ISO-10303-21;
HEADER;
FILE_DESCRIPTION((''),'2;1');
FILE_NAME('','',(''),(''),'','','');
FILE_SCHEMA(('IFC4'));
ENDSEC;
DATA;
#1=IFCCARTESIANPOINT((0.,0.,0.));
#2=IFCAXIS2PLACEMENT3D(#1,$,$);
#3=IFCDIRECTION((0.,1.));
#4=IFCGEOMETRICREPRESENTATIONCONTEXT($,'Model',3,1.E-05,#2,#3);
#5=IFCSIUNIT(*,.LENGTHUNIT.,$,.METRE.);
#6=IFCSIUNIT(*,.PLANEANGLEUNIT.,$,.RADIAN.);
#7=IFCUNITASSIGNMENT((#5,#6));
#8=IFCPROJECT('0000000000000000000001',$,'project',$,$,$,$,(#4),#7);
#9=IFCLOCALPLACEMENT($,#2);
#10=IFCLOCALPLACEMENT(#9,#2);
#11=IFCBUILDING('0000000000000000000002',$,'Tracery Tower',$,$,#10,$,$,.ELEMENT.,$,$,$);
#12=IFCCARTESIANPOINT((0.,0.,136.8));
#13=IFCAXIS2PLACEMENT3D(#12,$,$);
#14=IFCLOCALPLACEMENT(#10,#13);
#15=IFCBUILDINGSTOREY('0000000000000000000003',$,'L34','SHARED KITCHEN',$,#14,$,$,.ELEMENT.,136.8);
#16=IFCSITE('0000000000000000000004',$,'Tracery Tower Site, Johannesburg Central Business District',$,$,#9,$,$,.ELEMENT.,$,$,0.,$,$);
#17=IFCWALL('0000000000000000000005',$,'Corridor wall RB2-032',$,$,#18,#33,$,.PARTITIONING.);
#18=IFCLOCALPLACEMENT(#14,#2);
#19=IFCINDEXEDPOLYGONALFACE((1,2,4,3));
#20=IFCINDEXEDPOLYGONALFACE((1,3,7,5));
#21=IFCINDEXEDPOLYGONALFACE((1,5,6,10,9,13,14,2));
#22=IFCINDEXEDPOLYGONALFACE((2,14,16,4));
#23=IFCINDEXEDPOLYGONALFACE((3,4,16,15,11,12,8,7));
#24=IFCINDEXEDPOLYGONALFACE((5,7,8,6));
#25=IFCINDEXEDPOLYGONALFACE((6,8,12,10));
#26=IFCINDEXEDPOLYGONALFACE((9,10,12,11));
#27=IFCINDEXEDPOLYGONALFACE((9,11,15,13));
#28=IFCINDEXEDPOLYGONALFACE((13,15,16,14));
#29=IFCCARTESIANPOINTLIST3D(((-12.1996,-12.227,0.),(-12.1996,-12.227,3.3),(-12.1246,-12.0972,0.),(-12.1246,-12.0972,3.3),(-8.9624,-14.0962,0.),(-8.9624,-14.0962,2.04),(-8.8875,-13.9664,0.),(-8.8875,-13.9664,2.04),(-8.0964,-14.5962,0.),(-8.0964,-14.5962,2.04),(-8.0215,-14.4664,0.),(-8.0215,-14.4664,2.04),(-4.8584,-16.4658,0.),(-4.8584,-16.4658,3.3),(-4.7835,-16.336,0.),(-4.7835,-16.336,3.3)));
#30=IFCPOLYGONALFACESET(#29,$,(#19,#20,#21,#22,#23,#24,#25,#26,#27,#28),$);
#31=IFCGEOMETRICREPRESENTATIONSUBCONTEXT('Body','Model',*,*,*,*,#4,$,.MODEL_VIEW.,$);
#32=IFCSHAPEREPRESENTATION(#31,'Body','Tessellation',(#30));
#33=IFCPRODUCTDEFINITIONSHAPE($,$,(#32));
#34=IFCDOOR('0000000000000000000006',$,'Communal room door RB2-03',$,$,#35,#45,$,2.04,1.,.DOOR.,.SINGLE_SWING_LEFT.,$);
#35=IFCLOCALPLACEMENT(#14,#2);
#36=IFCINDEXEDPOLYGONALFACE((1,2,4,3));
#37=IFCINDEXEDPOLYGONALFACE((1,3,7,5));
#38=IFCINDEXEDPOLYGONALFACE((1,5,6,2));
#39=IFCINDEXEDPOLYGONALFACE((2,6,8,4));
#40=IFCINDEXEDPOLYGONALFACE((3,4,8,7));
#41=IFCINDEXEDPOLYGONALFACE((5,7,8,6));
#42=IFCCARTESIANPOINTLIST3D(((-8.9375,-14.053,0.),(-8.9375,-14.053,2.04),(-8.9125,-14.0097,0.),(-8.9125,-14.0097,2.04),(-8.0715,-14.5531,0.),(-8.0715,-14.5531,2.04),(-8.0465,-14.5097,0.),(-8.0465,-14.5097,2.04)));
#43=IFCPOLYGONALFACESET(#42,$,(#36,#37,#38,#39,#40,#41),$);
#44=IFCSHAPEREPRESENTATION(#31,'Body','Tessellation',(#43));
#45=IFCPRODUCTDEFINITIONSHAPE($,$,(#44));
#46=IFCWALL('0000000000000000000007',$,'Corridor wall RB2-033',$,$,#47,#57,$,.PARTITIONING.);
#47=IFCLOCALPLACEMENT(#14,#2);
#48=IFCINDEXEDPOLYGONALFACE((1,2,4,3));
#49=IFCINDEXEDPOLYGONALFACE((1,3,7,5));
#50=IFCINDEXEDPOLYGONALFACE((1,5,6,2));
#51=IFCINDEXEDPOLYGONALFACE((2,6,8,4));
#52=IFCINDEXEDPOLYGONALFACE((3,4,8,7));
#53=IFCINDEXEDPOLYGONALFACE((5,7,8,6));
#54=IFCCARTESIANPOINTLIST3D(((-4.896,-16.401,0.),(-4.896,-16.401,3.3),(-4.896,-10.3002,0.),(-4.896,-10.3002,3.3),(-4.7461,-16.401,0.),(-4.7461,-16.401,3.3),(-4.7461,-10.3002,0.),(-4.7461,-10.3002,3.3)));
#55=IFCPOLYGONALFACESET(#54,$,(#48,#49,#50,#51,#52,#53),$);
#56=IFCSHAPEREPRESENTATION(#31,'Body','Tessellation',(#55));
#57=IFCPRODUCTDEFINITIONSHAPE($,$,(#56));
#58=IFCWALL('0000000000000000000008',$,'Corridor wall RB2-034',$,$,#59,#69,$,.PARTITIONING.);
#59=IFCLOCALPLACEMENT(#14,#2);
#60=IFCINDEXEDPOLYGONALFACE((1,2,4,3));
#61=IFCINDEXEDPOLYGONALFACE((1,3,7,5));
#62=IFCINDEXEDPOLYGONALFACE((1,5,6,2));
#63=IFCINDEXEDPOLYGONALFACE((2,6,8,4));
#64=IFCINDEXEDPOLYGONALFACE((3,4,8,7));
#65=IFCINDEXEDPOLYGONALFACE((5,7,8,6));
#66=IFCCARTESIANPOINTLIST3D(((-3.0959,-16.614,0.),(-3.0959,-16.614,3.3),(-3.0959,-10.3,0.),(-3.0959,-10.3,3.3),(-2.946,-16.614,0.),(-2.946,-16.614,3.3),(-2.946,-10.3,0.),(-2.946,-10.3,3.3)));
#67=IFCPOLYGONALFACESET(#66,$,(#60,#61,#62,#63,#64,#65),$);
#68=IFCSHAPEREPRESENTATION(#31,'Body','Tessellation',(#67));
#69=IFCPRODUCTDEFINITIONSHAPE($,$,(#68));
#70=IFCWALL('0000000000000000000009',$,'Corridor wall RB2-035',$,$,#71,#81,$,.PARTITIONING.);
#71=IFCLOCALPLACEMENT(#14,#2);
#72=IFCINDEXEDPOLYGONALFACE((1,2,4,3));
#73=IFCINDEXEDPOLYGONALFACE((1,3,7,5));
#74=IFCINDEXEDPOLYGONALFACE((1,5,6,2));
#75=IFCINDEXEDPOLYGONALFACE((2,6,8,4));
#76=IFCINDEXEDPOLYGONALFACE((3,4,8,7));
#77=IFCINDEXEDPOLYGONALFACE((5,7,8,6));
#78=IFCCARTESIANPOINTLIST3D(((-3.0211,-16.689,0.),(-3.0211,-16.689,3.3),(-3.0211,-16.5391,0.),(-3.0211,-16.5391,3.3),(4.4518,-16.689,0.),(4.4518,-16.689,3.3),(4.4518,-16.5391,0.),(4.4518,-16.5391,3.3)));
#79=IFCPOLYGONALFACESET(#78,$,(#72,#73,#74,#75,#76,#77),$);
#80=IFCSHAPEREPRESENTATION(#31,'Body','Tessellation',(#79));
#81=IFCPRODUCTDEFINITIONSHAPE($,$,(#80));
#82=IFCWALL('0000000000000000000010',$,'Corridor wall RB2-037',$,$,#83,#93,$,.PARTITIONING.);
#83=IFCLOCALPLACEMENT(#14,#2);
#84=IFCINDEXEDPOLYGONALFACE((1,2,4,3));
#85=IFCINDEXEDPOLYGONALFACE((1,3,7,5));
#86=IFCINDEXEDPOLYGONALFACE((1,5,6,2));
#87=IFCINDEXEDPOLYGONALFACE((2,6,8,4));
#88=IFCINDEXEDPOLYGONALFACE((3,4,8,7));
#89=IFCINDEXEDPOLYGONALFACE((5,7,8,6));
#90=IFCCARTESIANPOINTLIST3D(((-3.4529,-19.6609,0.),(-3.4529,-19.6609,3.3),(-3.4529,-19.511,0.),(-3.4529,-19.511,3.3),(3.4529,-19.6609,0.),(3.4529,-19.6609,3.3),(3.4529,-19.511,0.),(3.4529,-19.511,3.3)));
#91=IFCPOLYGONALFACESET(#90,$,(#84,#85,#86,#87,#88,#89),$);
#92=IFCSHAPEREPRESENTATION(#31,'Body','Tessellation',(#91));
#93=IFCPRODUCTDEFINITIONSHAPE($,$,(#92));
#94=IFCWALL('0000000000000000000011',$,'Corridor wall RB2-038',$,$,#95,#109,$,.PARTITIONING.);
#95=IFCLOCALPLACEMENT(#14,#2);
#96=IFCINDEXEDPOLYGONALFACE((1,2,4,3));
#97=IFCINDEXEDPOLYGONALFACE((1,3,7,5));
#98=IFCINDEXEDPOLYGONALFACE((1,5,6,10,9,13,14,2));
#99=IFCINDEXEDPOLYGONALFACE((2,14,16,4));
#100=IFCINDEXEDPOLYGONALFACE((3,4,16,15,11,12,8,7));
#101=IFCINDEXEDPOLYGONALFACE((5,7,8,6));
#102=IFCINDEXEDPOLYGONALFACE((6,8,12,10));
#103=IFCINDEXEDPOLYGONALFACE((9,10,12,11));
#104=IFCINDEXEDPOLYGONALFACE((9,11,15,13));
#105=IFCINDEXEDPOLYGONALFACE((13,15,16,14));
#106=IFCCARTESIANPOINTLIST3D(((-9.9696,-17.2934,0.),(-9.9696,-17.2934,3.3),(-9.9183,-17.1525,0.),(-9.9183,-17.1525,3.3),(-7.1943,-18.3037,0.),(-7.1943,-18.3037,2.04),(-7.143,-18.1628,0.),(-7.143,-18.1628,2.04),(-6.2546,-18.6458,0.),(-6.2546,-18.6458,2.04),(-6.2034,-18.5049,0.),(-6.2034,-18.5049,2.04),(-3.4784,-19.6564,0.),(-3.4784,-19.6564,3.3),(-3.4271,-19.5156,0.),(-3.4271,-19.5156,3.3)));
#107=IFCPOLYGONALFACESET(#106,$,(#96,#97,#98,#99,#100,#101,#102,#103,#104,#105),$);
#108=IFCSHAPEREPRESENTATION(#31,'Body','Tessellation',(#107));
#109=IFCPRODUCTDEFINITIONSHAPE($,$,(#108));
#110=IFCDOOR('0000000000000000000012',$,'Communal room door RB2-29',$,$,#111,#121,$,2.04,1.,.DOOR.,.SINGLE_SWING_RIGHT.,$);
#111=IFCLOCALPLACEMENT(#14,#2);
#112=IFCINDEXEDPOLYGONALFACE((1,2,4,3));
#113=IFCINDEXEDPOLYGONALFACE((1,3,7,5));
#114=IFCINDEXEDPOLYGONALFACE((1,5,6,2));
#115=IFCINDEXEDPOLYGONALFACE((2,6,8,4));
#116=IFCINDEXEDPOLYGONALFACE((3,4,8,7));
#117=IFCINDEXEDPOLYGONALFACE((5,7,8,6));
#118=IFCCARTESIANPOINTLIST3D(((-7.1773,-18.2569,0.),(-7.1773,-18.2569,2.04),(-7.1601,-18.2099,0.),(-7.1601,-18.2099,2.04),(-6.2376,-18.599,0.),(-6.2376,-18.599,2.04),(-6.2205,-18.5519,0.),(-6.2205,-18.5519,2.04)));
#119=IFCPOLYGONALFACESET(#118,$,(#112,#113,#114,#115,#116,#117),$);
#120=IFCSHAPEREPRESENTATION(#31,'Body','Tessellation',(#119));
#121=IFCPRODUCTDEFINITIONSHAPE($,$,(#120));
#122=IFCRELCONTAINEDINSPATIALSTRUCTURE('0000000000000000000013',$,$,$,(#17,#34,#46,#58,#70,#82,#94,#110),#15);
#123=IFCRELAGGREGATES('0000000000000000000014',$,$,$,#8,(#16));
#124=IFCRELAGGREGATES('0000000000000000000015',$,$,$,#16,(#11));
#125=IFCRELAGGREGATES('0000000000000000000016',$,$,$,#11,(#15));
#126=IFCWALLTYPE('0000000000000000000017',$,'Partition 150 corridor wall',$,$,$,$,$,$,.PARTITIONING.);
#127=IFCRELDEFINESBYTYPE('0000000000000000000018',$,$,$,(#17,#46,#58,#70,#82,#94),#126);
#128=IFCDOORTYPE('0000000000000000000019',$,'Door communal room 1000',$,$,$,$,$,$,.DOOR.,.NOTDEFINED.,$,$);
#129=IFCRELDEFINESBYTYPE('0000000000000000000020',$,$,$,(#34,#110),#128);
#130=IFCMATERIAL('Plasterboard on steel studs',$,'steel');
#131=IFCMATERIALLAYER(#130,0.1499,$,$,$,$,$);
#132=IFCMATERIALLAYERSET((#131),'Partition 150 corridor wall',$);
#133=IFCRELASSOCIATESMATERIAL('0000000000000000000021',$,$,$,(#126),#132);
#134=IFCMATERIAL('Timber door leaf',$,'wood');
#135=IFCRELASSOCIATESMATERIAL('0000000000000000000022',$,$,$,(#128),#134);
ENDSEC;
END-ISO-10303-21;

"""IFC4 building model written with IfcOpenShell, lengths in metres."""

from ifc_helpers import new_model, si_unit, direction, frame, frame_2d, origin, place, context, subcontext, project, spatial, rectangle, extrude, material, layer, layer_set, type_object, element, fill, save


model = new_model("IFC4")

# Units and contexts
model_context = context("Model", 3, precision=1e-05, world=origin(), true_north=direction((0.0, 1.0)))
body_context = subcontext(model_context, "Body", "Model", "MODEL_VIEW")
ifc_project = project(units=[si_unit("LENGTHUNIT", "METRE"), si_unit("PLANEANGLEUNIT", "RADIAN")], contexts=[model_context])

# Site, building, storey
site_placement = place(None, origin())
site = spatial("IfcSite", under=ifc_project, at=site_placement, Name="Tracery Tower Site, Johannesburg Central Business District", CompositionType="ELEMENT", RefElevation=0.0)
building_placement = place(site_placement, origin())
building = spatial("IfcBuilding", under=site, at=building_placement, Name="Tracery Tower", CompositionType="ELEMENT")
storey_placement = place(building_placement, frame((0.0, 0.0, 136.8)))
storey = spatial("IfcBuildingStorey", under=building, at=storey_placement, Name="L34", Description="SHARED KITCHEN", CompositionType="ELEMENT", Elevation=136.8)

# Shared definitions
ifc_material_1 = material(Name="Plasterboard on steel studs", Category="steel")
ifc_layer_1 = layer(ifc_material_1, 0.1499)
ifc_layer_set_1 = layer_set([ifc_layer_1], Name="Partition 150 corridor wall")
wall_type_1 = type_object("IfcWallType", Name="Partition 150 corridor wall", PredefinedType="PARTITIONING", material=ifc_layer_set_1)

# Wall, opening, door
wall_1_placement = place(storey_placement, frame((-12.1621, -12.1621, 0.0), z_axis=(0.0, 0.0, 1.0), x_axis=(0.866005, -0.500036, 0.0)))
wall_1 = element("IfcWall", 1, at=wall_1_placement, inside=storey, type_object=wall_type_1, Name="Corridor wall RB2-032", PredefinedType="PARTITIONING", context=body_context, shape_type="SweptSolid", body=[
    extrude(rectangle(XDim=8.4771, YDim=0.1499, at=frame_2d((4.2385, 0.0))), origin(), (0.0, 0.0, 1.0), 3.3),
])
opening_1_placement = place(wall_1_placement, frame((3.738, 0.0, 0.0)))
opening_1 = element("IfcOpeningElement", 2, at=opening_1_placement, cuts=wall_1, PredefinedType="OPENING", context=body_context, shape_type="SweptSolid", body=[
    extrude(rectangle(XDim=1.0, YDim=2.04, at=frame_2d((0.5, 1.02))), frame((0.0, 0.075, 0.0), z_axis=(0.0, -1.0, 0.0), x_axis=(1.0, 0.0, 0.0)), (0.0, 0.0, 1.0), 0.1499),
])
ifc_material_2 = material(Name="Timber door leaf", Category="wood")
door_type_1 = type_object("IfcDoorType", Name="Door communal room 1000", OperationType="NOTDEFINED", PredefinedType="DOOR", material=ifc_material_2)
door_1_placement = place(opening_1_placement, origin())
door_1 = element("IfcDoor", 3, at=door_1_placement, inside=storey, type_object=door_type_1, Name="Communal room door RB2-03", OperationType="SINGLE_SWING_LEFT", OverallHeight=2.04, OverallWidth=1.0, PredefinedType="DOOR", context=body_context, shape_type="SweptSolid", body=[
    extrude(rectangle(XDim=1.0, YDim=2.04, at=frame_2d((0.5, 1.02))), frame((0.0, 0.0249, 0.0), z_axis=(0.0, -1.0, 0.0), x_axis=(1.0, 0.0, 0.0)), (0.0, 0.0, 1.0), 0.05),
])
fill(opening_1, door_1)

# Walls
wall_2_placement = place(storey_placement, frame((-4.821, -16.4009, 0.0), z_axis=(0.0, 0.0, 1.0), x_axis=(0.0, 1.0, 0.0)))
element("IfcWall", 4, at=wall_2_placement, inside=storey, type_object=wall_type_1, Name="Corridor wall RB2-033", PredefinedType="PARTITIONING", context=body_context, shape_type="SweptSolid", body=[
    extrude(rectangle(XDim=6.1008, YDim=0.1499, at=frame_2d((3.0503, 0.0))), origin(), (0.0, 0.0, 1.0), 3.3),
])
wall_3_placement = place(storey_placement, frame((-3.021, -16.614, 0.0), z_axis=(0.0, 0.0, 1.0), x_axis=(0.0, 1.0, 0.0)))
element("IfcWall", 5, at=wall_3_placement, inside=storey, type_object=wall_type_1, Name="Corridor wall RB2-034", PredefinedType="PARTITIONING", context=body_context, shape_type="SweptSolid", body=[
    extrude(rectangle(XDim=6.314, YDim=0.1499, at=frame_2d((3.157, 0.0))), origin(), (0.0, 0.0, 1.0), 3.3),
])
wall_4_placement = place(storey_placement, frame((-3.021, -16.614, 0.0), z_axis=(0.0, 0.0, 1.0), x_axis=(1.0, 0.0, 0.0)))
element("IfcWall", 6, at=wall_4_placement, inside=storey, type_object=wall_type_1, Name="Corridor wall RB2-035", PredefinedType="PARTITIONING", context=body_context, shape_type="SweptSolid", body=[
    extrude(rectangle(XDim=7.4729, YDim=0.1499, at=frame_2d((3.7363, 0.0))), origin(), (0.0, 0.0, 1.0), 3.3),
])
wall_5_placement = place(storey_placement, frame((-3.4529, -19.5859, 0.0), z_axis=(0.0, 0.0, 1.0), x_axis=(1.0, 0.0, 0.0)))
element("IfcWall", 7, at=wall_5_placement, inside=storey, type_object=wall_type_1, Name="Corridor wall RB2-037", PredefinedType="PARTITIONING", context=body_context, shape_type="SweptSolid", body=[
    extrude(rectangle(XDim=6.9058, YDim=0.1499, at=frame_2d((3.4529, 0.0))), origin(), (0.0, 0.0, 1.0), 3.3),
])

# Wall, opening, door
wall_6_placement = place(storey_placement, frame((-9.9441, -17.2229, 0.0), z_axis=(0.0, 0.0, 1.0), x_axis=(0.939673, -0.342075, 0.0)))
wall_6 = element("IfcWall", 8, at=wall_6_placement, inside=storey, type_object=wall_type_1, Name="Corridor wall RB2-038", PredefinedType="PARTITIONING", context=body_context, shape_type="SweptSolid", body=[
    extrude(rectangle(XDim=6.908, YDim=0.1499, at=frame_2d((3.4541, 0.0))), origin(), (0.0, 0.0, 1.0), 3.3),
])
opening_2_placement = place(wall_6_placement, frame((2.9536, 0.0, 0.0)))
opening_2 = element("IfcOpeningElement", 9, at=opening_2_placement, cuts=wall_6, PredefinedType="OPENING", context=body_context, shape_type="SweptSolid", body=[
    extrude(rectangle(XDim=1.0, YDim=2.04, at=frame_2d((0.5, 1.02))), frame((0.0, 0.075, 0.0), z_axis=(0.0, -1.0, 0.0), x_axis=(1.0, 0.0, 0.0)), (0.0, 0.0, 1.0), 0.1499),
])
door_2_placement = place(opening_2_placement, origin())
door_2 = element("IfcDoor", 10, at=door_2_placement, inside=storey, type_object=door_type_1, Name="Communal room door RB2-29", OperationType="SINGLE_SWING_RIGHT", OverallHeight=2.04, OverallWidth=1.0, PredefinedType="DOOR", context=body_context, shape_type="SweptSolid", body=[
    extrude(rectangle(XDim=1.0, YDim=2.04, at=frame_2d((0.5, 1.02))), frame((0.0, 0.0249, 0.0), z_axis=(0.0, -1.0, 0.0), x_axis=(1.0, 0.0, 0.0)), (0.0, 0.0, 1.0), 0.05),
])
fill(opening_2, door_2)

save(model, "model.ifc")
